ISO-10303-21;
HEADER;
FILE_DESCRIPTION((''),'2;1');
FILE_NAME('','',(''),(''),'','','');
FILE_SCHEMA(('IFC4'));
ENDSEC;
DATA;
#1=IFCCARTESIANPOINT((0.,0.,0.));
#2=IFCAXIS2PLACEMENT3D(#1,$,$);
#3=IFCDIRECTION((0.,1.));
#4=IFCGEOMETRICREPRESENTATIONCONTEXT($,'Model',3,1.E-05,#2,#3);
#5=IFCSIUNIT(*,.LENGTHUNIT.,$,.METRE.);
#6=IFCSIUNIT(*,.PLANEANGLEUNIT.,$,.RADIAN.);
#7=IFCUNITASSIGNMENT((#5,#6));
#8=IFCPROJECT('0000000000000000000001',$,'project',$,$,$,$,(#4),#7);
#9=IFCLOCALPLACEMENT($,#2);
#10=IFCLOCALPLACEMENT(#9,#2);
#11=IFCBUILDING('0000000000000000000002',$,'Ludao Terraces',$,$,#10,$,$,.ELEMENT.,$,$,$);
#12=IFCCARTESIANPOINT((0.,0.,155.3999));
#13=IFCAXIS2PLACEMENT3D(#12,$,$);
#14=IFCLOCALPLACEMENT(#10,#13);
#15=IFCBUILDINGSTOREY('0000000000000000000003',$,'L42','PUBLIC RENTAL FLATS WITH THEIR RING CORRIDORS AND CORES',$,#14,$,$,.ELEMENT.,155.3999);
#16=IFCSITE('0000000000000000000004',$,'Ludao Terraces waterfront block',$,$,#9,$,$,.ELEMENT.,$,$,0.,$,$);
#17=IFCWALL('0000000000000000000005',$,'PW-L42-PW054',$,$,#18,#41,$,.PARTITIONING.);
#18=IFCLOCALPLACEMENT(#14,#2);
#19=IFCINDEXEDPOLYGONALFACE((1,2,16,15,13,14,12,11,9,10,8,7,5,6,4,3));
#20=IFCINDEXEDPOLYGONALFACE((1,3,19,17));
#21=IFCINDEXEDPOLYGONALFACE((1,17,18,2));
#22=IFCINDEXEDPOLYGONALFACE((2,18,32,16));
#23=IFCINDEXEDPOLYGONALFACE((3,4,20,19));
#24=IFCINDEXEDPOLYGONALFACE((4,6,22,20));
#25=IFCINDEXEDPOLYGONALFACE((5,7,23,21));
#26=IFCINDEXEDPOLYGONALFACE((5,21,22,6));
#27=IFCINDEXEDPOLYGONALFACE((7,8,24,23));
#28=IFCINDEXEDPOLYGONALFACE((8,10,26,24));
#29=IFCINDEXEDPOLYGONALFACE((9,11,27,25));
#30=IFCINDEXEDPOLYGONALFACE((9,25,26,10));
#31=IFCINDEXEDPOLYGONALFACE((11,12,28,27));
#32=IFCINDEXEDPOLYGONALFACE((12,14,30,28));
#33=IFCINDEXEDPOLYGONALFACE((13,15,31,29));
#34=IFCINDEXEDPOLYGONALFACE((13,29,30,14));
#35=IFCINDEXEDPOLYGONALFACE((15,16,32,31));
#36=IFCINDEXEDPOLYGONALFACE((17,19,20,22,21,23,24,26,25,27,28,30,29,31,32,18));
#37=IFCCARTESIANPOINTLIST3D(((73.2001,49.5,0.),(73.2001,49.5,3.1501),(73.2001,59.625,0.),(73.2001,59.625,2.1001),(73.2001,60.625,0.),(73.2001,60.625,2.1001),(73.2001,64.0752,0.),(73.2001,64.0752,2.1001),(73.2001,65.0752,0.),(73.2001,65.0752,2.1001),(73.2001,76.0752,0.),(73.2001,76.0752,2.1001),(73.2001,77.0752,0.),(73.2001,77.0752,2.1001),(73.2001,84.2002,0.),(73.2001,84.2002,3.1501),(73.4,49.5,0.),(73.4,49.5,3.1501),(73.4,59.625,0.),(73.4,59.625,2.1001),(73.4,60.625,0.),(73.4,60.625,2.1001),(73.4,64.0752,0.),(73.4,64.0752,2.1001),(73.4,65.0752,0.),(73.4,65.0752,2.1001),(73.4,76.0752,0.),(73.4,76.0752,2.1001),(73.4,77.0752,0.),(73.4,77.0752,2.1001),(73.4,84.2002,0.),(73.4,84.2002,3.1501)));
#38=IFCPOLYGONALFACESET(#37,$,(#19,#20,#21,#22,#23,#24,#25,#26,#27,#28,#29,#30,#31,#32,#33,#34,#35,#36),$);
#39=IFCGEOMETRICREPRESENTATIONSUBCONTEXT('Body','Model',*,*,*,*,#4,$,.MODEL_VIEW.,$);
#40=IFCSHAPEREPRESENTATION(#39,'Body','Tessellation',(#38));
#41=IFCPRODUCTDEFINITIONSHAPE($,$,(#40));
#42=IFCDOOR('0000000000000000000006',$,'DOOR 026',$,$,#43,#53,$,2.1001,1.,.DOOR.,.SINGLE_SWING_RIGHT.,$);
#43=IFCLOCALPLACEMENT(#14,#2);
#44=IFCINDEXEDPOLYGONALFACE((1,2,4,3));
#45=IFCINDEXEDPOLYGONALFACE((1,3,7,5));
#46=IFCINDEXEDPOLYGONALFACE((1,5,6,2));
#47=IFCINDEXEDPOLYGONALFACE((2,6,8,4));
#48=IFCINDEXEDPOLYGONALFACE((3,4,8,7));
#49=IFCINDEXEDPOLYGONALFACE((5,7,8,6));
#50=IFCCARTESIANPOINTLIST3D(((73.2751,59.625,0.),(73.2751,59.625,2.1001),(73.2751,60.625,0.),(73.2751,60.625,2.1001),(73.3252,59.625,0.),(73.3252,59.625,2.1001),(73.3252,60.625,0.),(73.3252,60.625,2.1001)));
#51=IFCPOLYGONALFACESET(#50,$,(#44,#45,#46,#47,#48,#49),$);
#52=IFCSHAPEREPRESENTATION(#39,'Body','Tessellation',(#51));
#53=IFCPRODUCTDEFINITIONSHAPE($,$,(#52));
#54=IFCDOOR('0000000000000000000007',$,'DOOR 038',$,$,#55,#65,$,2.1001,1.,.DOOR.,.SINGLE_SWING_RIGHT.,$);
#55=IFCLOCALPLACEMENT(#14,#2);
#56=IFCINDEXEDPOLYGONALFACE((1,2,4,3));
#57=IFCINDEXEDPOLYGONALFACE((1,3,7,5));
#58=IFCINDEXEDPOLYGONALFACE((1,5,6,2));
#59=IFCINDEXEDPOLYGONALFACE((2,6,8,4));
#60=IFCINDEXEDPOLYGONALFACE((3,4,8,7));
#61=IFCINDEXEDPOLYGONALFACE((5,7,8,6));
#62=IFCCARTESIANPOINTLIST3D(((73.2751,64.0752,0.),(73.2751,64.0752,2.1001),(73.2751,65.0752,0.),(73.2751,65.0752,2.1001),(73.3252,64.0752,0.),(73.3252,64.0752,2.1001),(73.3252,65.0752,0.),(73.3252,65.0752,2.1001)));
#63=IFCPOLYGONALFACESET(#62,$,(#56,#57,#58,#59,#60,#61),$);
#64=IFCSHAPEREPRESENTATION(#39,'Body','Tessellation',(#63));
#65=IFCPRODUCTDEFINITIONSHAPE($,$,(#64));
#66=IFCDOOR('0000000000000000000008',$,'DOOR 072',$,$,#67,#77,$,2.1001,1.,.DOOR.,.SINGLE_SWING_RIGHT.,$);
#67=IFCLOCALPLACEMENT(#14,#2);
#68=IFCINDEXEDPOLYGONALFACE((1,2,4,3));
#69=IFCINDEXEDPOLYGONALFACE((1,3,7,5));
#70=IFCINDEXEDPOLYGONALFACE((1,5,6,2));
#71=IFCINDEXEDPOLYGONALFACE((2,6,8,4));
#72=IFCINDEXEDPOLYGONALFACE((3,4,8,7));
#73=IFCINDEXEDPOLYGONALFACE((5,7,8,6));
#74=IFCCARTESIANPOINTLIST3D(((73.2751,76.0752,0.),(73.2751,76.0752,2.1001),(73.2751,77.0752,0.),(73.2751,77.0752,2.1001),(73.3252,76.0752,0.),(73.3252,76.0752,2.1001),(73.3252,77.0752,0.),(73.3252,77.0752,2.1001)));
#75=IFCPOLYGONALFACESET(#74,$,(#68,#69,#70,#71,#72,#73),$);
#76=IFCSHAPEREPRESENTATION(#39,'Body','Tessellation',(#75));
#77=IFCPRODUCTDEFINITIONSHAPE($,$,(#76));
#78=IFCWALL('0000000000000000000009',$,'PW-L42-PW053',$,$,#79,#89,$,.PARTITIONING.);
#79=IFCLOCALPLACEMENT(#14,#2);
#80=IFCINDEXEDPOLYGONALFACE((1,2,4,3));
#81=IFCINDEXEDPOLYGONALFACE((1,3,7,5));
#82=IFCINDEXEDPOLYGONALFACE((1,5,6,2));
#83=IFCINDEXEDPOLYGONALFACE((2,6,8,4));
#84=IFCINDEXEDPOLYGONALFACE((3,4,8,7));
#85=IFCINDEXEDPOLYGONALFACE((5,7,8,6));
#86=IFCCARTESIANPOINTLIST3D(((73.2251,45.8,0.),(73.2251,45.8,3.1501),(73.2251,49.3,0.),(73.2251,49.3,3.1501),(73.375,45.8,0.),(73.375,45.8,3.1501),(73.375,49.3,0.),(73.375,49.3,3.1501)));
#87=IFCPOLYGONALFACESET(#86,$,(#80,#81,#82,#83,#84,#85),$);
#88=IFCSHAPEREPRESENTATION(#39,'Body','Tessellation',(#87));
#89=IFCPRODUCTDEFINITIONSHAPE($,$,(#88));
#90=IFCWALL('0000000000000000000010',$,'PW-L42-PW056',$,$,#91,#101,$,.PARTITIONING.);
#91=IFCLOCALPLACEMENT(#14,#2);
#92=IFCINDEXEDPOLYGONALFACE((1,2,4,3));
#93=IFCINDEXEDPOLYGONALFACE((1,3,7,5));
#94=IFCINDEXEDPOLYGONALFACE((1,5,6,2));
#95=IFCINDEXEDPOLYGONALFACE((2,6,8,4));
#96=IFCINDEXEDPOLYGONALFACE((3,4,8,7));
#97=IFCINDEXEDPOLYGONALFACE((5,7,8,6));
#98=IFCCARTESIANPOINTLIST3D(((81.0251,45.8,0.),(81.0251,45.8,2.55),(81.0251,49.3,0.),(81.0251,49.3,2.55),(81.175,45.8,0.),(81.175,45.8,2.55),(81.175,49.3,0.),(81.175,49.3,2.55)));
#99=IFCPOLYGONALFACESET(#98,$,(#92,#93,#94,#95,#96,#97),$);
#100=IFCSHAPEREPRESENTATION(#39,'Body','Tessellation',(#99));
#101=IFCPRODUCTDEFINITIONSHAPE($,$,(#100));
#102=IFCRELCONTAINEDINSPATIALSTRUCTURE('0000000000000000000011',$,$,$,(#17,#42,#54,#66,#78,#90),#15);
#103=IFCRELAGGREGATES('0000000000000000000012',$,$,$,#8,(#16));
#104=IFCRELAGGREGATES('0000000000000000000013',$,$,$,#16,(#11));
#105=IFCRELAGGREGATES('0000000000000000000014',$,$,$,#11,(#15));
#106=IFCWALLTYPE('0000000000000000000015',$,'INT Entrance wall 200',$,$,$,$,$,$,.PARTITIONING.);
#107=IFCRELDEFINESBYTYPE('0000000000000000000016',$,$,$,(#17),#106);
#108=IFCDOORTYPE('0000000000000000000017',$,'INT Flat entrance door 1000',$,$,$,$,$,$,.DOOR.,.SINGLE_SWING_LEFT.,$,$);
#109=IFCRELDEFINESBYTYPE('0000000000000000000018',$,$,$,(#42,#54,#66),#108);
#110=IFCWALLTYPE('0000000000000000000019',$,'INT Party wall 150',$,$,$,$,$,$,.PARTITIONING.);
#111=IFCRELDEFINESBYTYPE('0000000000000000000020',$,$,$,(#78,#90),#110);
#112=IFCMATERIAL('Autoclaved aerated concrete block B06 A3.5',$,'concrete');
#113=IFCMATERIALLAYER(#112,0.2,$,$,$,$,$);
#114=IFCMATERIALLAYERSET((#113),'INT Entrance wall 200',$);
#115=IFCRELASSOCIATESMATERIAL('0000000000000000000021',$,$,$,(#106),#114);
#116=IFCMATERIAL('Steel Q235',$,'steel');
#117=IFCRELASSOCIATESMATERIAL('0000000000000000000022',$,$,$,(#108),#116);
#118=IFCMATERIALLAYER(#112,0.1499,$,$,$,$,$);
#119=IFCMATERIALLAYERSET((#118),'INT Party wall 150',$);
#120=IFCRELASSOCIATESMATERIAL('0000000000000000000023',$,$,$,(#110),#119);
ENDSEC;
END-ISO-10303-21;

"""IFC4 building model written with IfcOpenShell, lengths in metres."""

from ifc_helpers import new_model, si_unit, direction, frame, frame_2d, origin, place, context, subcontext, project, spatial, rectangle, extrude, material, layer, layer_set, type_object, element, fill, save


model = new_model("IFC4")

# Units and contexts
model_context = context("Model", 3, precision=1e-05, world=origin(), true_north=direction((0.0, 1.0)))
body_context = subcontext(model_context, "Body", "Model", "MODEL_VIEW")
ifc_project = project(units=[si_unit("LENGTHUNIT", "METRE"), si_unit("PLANEANGLEUNIT", "RADIAN")], contexts=[model_context])

# Site, building, storey
site_placement = place(None, origin())
site = spatial("IfcSite", under=ifc_project, at=site_placement, Name="Ludao Terraces waterfront block", CompositionType="ELEMENT", RefElevation=0.0)
building_placement = place(site_placement, origin())
building = spatial("IfcBuilding", under=site, at=building_placement, Name="Ludao Terraces", CompositionType="ELEMENT")
storey_placement = place(building_placement, frame((0.0, 0.0, 155.3999)))
storey = spatial("IfcBuildingStorey", under=building, at=storey_placement, Name="L42", Description="PUBLIC RENTAL FLATS WITH THEIR RING CORRIDORS AND CORES", CompositionType="ELEMENT", Elevation=155.3999)

# Wall, openings, doors
ifc_material_1 = material(Name="Autoclaved aerated concrete block B06 A3.5", Category="concrete")
ifc_layer_1 = layer(ifc_material_1, 0.2)
ifc_layer_set_1 = layer_set([ifc_layer_1], Name="INT Entrance wall 200")
wall_type_1 = type_object("IfcWallType", Name="INT Entrance wall 200", PredefinedType="PARTITIONING", material=ifc_layer_set_1)
wall_1_placement = place(storey_placement, frame((73.3, 49.5, 0.0), z_axis=(0.0, 0.0, 1.0), x_axis=(0.0, 1.0, 0.0)))
wall_1 = element("IfcWall", 1, at=wall_1_placement, inside=storey, type_object=wall_type_1, Name="PW-L42-PW054", PredefinedType="PARTITIONING", context=body_context, shape_type="SweptSolid", body=[
    extrude(rectangle(XDim=34.7002, YDim=0.2, at=frame_2d((17.3501, 0.0))), origin(), (0.0, 0.0, 1.0), 3.1501),
])
opening_1_placement = place(wall_1_placement, frame((10.125, 0.0, 0.0)))
opening_1 = element("IfcOpeningElement", 2, at=opening_1_placement, cuts=wall_1, PredefinedType="OPENING", context=body_context, shape_type="SweptSolid", body=[
    extrude(rectangle(XDim=1.0, YDim=2.1001, at=frame_2d((0.5, 1.05))), frame((0.0, 0.1099, 0.0), z_axis=(0.0, -1.0, 0.0), x_axis=(1.0, 0.0, 0.0)), (0.0, 0.0, 1.0), 0.22),
])
opening_2_placement = place(wall_1_placement, frame((14.5752, 0.0, 0.0)))
opening_2 = element("IfcOpeningElement", 3, at=opening_2_placement, cuts=wall_1, PredefinedType="OPENING", context=body_context, shape_type="SweptSolid", body=[
    extrude(rectangle(XDim=1.0, YDim=2.1001, at=frame_2d((0.5, 1.05))), frame((0.0, 0.1099, 0.0), z_axis=(0.0, -1.0, 0.0), x_axis=(1.0, 0.0, 0.0)), (0.0, 0.0, 1.0), 0.22),
])
opening_3_placement = place(wall_1_placement, frame((26.5752, 0.0, 0.0)))
opening_3 = element("IfcOpeningElement", 4, at=opening_3_placement, cuts=wall_1, PredefinedType="OPENING", context=body_context, shape_type="SweptSolid", body=[
    extrude(rectangle(XDim=1.0, YDim=2.1001, at=frame_2d((0.5, 1.05))), frame((0.0, 0.1099, 0.0), z_axis=(0.0, -1.0, 0.0), x_axis=(1.0, 0.0, 0.0)), (0.0, 0.0, 1.0), 0.22),
])
ifc_material_2 = material(Name="Steel Q235", Category="steel")
door_type = type_object("IfcDoorType", Name="INT Flat entrance door 1000", OperationType="SINGLE_SWING_LEFT", PredefinedType="DOOR", material=ifc_material_2)
door_1_placement = place(opening_1_placement, origin())
door_1 = element("IfcDoor", 5, at=door_1_placement, inside=storey, type_object=door_type, Name="DOOR 026", OperationType="SINGLE_SWING_RIGHT", OverallHeight=2.1001, OverallWidth=1.0, PredefinedType="DOOR", context=body_context, shape_type="SweptSolid", body=[
    extrude(rectangle(XDim=1.0, YDim=2.1001, at=frame_2d((0.5, 1.05))), frame((0.0, 0.0249, 0.0), z_axis=(0.0, -1.0, 0.0), x_axis=(1.0, 0.0, 0.0)), (0.0, 0.0, 1.0), 0.05),
])
fill(opening_1, door_1)
door_2_placement = place(opening_2_placement, origin())
door_2 = element("IfcDoor", 6, at=door_2_placement, inside=storey, type_object=door_type, Name="DOOR 038", OperationType="SINGLE_SWING_RIGHT", OverallHeight=2.1001, OverallWidth=1.0, PredefinedType="DOOR", context=body_context, shape_type="SweptSolid", body=[
    extrude(rectangle(XDim=1.0, YDim=2.1001, at=frame_2d((0.5, 1.05))), frame((0.0, 0.0249, 0.0), z_axis=(0.0, -1.0, 0.0), x_axis=(1.0, 0.0, 0.0)), (0.0, 0.0, 1.0), 0.05),
])
fill(opening_2, door_2)
door_3_placement = place(opening_3_placement, origin())
door_3 = element("IfcDoor", 7, at=door_3_placement, inside=storey, type_object=door_type, Name="DOOR 072", OperationType="SINGLE_SWING_RIGHT", OverallHeight=2.1001, OverallWidth=1.0, PredefinedType="DOOR", context=body_context, shape_type="SweptSolid", body=[
    extrude(rectangle(XDim=1.0, YDim=2.1001, at=frame_2d((0.5, 1.05))), frame((0.0, 0.0249, 0.0), z_axis=(0.0, -1.0, 0.0), x_axis=(1.0, 0.0, 0.0)), (0.0, 0.0, 1.0), 0.05),
])
fill(opening_3, door_3)

# Walls
ifc_layer_2 = layer(ifc_material_1, 0.1499)
ifc_layer_set_2 = layer_set([ifc_layer_2], Name="INT Party wall 150")
wall_type_2 = type_object("IfcWallType", Name="INT Party wall 150", PredefinedType="PARTITIONING", material=ifc_layer_set_2)
wall_2_placement = place(storey_placement, frame((73.3, 45.8, 0.0), z_axis=(0.0, 0.0, 1.0), x_axis=(0.0, 1.0, 0.0)))
element("IfcWall", 8, at=wall_2_placement, inside=storey, type_object=wall_type_2, Name="PW-L42-PW053", PredefinedType="PARTITIONING", context=body_context, shape_type="SweptSolid", body=[
    extrude(rectangle(XDim=3.5, YDim=0.1499, at=frame_2d((1.75, 0.0))), origin(), (0.0, 0.0, 1.0), 3.1501),
])
wall_3_placement = place(storey_placement, frame((81.1001, 45.8, 0.0), z_axis=(0.0, 0.0, 1.0), x_axis=(0.0, 1.0, 0.0)))
element("IfcWall", 9, at=wall_3_placement, inside=storey, type_object=wall_type_2, Name="PW-L42-PW056", PredefinedType="PARTITIONING", context=body_context, shape_type="SweptSolid", body=[
    extrude(rectangle(XDim=3.5, YDim=0.1499, at=frame_2d((1.75, 0.0))), origin(), (0.0, 0.0, 1.0), 2.55),
])

save(model, "model.ifc")
